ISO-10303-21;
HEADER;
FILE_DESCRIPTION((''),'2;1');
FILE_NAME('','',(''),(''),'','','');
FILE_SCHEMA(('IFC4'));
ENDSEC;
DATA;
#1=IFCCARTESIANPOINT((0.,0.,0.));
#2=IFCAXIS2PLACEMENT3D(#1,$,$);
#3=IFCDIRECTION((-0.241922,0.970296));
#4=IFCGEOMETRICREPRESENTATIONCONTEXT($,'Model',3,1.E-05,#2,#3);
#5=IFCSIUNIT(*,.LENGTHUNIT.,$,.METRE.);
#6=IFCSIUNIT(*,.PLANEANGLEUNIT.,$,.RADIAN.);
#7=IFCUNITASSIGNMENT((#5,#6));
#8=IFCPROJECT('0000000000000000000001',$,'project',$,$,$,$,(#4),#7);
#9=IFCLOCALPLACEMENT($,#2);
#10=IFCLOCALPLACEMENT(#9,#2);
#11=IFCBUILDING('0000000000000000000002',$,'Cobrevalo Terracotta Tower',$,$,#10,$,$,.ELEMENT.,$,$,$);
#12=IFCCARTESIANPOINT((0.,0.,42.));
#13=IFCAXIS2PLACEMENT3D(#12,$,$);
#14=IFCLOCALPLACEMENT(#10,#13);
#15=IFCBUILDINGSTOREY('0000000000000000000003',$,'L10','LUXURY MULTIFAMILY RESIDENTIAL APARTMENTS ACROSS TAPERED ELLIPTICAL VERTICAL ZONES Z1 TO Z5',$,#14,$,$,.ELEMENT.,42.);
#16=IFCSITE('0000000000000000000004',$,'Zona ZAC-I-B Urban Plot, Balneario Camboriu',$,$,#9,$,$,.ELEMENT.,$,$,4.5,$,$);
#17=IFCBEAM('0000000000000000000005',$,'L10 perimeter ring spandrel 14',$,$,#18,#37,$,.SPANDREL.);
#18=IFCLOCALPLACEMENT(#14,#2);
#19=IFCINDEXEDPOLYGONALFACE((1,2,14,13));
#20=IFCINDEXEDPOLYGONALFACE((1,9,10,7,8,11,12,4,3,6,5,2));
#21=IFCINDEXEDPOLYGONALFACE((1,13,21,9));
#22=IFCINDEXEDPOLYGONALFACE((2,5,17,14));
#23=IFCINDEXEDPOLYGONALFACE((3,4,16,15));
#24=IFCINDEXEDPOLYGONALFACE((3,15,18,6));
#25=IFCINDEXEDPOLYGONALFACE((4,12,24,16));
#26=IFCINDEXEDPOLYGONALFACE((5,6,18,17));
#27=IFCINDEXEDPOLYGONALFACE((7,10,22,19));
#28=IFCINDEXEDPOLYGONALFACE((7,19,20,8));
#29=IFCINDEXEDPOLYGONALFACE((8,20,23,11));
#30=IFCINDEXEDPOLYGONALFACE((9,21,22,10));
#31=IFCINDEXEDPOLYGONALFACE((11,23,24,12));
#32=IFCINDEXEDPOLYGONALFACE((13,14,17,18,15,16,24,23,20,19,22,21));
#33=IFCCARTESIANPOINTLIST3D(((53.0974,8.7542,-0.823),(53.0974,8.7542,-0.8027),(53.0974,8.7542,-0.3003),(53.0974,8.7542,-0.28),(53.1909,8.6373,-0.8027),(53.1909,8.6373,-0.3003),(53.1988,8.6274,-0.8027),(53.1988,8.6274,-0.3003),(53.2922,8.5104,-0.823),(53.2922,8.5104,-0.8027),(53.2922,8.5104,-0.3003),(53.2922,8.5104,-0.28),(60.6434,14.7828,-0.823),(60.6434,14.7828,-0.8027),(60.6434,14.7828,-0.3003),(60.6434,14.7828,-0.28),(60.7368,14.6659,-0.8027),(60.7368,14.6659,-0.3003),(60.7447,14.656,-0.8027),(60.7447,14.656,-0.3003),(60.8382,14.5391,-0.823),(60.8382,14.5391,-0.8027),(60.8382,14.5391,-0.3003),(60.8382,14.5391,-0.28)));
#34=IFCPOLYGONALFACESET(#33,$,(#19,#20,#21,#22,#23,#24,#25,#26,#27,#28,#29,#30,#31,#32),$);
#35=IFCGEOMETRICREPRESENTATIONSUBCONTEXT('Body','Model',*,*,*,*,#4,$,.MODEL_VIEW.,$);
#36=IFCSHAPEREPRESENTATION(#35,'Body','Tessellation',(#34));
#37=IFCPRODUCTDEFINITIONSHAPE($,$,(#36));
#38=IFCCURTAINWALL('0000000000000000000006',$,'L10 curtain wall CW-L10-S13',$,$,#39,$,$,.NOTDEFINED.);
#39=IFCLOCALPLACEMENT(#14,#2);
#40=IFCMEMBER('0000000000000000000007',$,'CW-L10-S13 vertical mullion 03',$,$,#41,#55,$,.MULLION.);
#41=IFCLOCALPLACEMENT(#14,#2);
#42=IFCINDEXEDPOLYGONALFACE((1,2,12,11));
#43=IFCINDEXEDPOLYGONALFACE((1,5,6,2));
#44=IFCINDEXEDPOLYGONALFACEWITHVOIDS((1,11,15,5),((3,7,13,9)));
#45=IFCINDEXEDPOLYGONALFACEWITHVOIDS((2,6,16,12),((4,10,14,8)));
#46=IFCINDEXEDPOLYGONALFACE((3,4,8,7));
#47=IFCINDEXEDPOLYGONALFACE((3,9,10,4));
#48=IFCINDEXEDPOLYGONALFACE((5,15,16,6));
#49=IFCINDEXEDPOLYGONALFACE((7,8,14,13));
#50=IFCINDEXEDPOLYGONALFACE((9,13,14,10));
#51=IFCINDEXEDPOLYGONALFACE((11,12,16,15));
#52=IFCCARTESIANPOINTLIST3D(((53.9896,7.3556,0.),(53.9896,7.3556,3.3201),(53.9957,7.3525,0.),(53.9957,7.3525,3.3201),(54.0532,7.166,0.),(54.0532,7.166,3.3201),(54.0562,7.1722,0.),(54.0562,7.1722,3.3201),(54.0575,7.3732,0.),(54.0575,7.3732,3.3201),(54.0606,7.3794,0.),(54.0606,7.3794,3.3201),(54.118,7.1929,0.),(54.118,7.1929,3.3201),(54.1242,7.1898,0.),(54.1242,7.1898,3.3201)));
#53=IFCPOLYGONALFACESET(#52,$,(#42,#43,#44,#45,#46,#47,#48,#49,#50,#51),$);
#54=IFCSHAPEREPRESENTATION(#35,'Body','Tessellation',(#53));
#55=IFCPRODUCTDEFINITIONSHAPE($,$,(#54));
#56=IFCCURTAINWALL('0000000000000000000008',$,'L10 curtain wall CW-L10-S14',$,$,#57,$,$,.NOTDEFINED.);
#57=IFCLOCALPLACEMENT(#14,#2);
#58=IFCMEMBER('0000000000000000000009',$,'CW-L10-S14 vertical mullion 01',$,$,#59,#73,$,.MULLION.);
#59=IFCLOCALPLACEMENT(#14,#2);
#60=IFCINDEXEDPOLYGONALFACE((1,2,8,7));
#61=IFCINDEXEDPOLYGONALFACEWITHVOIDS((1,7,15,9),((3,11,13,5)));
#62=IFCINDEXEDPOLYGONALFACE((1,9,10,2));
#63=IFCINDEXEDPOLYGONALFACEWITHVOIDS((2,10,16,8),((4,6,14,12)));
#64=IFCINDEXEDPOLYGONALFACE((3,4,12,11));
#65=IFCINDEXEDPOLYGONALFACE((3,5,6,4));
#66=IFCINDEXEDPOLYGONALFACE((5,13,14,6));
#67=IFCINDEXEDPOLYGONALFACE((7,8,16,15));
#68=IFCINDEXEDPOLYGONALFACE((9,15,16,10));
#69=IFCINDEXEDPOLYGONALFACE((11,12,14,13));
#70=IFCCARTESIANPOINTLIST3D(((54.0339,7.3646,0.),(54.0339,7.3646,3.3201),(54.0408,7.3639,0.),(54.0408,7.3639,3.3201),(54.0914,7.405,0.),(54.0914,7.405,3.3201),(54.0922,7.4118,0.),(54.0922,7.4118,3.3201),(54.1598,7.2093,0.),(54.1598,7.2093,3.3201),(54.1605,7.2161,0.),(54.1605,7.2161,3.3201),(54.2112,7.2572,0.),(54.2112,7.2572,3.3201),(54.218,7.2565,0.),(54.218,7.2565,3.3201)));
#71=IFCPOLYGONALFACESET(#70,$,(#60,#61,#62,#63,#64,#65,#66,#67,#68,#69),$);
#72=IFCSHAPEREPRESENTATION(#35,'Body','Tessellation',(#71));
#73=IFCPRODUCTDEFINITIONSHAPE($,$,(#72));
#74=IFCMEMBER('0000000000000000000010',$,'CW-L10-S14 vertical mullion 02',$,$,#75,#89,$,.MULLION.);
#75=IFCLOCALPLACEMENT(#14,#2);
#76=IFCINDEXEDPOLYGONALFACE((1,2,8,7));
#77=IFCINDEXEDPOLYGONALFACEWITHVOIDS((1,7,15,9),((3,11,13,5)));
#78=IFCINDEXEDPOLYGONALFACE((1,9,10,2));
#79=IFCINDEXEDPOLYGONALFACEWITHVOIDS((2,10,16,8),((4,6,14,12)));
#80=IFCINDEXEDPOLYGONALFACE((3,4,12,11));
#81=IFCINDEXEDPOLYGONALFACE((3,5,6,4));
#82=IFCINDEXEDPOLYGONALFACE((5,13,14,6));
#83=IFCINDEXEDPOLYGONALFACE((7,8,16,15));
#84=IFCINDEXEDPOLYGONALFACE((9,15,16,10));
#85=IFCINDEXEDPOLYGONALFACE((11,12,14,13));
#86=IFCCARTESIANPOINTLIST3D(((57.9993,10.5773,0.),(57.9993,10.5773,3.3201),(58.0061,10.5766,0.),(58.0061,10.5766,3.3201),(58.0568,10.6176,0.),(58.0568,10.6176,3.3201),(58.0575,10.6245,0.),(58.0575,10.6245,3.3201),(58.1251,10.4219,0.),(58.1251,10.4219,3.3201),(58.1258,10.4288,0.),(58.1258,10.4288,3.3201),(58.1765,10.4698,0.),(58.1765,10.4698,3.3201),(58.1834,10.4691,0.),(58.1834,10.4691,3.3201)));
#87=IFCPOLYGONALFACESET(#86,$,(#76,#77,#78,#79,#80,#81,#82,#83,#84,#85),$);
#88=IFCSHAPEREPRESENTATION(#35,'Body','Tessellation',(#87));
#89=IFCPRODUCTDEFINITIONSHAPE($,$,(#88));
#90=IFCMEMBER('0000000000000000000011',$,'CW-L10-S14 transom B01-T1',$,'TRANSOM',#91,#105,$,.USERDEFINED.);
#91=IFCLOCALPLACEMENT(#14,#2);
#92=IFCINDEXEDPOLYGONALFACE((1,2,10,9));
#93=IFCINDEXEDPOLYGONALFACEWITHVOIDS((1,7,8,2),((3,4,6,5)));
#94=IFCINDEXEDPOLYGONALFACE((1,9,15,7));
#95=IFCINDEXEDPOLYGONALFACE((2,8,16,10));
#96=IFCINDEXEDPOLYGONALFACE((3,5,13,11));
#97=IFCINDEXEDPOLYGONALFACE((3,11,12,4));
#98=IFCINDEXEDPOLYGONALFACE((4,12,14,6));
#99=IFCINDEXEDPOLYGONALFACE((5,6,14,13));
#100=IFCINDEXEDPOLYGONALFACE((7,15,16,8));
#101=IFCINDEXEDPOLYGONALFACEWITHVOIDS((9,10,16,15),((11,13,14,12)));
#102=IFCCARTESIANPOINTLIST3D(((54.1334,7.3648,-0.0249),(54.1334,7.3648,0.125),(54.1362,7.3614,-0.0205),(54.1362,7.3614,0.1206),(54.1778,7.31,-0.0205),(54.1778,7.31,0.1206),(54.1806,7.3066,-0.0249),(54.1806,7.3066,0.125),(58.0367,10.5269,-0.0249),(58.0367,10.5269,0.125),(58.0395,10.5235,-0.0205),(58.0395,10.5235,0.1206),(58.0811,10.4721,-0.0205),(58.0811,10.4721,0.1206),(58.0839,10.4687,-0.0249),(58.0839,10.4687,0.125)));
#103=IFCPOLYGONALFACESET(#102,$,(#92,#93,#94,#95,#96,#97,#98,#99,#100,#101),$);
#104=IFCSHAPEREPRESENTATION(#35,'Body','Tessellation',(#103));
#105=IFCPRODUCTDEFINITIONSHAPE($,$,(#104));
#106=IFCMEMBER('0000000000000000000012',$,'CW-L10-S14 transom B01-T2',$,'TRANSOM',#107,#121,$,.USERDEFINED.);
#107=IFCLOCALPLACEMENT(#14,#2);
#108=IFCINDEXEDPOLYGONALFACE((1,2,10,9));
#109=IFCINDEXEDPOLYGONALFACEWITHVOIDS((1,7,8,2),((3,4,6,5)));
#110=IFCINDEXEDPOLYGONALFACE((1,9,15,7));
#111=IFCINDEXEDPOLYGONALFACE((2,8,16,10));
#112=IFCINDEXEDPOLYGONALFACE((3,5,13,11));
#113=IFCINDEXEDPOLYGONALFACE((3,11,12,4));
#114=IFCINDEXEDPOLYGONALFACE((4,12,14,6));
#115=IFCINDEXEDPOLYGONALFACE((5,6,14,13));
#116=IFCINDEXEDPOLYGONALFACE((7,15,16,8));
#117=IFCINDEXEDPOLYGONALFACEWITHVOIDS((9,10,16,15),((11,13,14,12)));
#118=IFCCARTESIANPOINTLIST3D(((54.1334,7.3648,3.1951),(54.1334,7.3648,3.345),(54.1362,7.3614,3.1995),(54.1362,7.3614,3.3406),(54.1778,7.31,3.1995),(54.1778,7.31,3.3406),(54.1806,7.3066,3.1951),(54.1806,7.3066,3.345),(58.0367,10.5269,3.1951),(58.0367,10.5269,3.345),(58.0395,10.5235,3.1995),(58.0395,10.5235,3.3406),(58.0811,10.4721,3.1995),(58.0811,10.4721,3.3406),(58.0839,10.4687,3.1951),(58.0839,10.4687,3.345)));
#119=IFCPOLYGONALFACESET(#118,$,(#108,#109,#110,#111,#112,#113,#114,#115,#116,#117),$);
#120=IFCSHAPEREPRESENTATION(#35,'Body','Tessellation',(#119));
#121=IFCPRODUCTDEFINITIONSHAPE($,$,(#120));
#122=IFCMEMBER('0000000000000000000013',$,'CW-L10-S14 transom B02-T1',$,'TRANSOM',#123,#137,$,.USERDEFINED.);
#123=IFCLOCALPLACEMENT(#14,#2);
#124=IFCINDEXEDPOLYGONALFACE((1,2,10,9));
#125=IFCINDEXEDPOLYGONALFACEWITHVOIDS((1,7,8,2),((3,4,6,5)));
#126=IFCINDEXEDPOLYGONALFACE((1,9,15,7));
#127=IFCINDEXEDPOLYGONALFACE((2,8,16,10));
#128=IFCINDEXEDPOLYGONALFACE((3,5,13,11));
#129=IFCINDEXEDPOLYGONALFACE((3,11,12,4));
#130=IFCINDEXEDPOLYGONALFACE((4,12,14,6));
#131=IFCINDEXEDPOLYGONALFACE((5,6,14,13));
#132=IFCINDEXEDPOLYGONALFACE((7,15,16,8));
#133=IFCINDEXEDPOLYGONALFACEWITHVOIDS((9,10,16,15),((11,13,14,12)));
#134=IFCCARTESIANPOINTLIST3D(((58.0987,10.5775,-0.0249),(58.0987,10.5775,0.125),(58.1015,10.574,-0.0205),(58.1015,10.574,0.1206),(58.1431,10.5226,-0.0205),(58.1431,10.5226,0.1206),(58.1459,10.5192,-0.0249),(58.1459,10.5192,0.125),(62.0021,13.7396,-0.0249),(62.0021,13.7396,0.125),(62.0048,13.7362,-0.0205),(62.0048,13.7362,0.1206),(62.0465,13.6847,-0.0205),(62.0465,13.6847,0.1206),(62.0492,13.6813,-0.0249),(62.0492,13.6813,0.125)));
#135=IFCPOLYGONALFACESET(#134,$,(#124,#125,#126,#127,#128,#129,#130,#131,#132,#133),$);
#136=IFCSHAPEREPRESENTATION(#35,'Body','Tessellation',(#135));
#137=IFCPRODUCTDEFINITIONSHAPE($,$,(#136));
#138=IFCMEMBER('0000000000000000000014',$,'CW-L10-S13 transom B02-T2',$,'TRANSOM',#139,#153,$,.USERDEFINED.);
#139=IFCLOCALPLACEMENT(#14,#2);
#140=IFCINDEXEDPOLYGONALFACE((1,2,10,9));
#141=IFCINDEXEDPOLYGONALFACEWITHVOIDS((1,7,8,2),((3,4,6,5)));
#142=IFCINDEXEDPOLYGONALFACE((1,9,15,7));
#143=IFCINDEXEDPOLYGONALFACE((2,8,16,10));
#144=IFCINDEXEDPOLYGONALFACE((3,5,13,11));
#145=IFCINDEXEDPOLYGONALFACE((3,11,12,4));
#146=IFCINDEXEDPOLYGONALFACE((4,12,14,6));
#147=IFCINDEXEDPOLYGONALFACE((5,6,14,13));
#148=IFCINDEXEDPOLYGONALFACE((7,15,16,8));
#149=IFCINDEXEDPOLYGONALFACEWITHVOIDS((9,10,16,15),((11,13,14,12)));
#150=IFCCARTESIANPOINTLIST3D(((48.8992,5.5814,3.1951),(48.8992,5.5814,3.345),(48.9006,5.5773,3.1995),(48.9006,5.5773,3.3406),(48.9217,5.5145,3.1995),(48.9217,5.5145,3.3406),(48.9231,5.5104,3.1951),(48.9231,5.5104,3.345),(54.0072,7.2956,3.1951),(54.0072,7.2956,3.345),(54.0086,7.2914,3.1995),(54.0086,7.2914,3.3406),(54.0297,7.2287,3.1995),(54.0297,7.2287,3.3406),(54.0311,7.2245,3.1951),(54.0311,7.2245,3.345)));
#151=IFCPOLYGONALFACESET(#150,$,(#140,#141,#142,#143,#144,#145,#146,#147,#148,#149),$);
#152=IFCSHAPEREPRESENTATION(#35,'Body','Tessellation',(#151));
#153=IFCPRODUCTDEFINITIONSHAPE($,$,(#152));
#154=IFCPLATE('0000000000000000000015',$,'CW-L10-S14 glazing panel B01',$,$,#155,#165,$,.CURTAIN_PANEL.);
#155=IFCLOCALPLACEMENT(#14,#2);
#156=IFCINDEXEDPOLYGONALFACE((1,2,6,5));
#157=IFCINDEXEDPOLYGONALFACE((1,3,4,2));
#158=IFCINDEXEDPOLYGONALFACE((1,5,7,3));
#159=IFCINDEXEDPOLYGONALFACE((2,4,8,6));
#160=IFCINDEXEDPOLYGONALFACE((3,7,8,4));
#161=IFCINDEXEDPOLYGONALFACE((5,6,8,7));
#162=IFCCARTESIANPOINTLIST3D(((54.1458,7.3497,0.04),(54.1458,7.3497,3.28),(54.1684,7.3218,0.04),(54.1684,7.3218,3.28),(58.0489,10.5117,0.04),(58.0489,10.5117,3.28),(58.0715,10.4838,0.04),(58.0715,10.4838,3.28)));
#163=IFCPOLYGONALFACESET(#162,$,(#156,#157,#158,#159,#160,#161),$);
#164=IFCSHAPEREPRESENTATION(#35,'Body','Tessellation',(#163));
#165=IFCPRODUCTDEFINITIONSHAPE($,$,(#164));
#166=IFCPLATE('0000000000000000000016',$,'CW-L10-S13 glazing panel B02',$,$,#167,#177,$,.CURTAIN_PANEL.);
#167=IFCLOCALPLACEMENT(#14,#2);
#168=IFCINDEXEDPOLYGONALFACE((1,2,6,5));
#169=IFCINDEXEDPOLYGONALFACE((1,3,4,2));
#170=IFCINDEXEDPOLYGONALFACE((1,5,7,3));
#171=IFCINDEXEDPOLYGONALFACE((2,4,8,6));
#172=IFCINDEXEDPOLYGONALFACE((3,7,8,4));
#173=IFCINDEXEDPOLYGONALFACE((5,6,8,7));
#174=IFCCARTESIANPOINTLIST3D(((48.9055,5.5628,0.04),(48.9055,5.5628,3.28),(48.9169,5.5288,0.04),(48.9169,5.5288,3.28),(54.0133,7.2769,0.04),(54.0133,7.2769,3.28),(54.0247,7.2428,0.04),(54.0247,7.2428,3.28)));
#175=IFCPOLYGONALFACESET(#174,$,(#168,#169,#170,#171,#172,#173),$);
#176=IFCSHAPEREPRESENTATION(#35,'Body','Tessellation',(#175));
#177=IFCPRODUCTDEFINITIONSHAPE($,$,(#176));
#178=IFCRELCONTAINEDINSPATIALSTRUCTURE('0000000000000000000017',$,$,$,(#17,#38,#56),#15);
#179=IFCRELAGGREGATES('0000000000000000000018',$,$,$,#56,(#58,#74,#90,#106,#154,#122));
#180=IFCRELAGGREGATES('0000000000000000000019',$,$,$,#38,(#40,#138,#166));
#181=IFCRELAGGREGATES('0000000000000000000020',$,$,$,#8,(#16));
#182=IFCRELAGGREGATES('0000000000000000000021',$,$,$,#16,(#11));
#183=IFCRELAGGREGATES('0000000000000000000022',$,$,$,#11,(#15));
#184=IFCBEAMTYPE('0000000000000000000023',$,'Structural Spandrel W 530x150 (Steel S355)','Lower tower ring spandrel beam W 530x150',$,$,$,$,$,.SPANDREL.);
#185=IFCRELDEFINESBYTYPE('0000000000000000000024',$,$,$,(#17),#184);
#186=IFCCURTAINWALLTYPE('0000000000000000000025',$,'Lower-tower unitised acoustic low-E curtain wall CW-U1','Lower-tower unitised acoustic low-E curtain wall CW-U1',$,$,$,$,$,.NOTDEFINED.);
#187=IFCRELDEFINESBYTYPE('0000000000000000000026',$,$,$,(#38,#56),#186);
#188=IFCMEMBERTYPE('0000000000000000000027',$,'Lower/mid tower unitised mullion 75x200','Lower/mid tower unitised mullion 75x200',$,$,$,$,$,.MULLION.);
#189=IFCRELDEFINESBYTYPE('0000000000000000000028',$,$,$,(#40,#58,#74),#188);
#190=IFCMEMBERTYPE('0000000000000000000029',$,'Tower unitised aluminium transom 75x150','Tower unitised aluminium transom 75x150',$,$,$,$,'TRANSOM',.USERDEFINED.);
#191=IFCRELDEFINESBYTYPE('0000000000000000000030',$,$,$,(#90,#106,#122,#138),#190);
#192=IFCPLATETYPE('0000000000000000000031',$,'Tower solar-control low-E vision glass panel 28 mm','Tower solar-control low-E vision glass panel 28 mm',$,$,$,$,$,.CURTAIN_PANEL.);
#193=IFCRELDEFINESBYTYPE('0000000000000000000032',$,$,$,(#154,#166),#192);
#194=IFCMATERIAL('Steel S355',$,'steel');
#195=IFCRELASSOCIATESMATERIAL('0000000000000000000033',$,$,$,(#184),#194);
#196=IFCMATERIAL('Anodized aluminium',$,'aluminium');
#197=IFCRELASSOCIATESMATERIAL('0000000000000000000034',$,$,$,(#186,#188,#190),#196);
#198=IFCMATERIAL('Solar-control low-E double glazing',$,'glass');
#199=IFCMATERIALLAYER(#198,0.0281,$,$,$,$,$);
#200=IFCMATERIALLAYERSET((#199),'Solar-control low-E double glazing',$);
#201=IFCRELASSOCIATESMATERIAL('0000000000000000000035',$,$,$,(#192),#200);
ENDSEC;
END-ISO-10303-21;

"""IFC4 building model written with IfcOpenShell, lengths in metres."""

from ifc_helpers import new_model, si_unit, direction, frame, origin, origin_2d, place, context, subcontext, project, spatial, rectangle, hollow_rectangle, i_section, extrude, source, transform, mapped, material, layer, layer_set, material_profile, profile_set, type_object, element, aggregate, save


model = new_model("IFC4")

# Units and contexts
model_context = context("Model", 3, precision=1e-05, world=origin(), true_north=direction((-0.241922, 0.970296)))
body_context = subcontext(model_context, "Body", "Model", "MODEL_VIEW")
ifc_project = project(units=[si_unit("LENGTHUNIT", "METRE"), si_unit("PLANEANGLEUNIT", "RADIAN")], contexts=[model_context])

# Site, building, storey
site_placement = place(None, origin())
site = spatial("IfcSite", under=ifc_project, at=site_placement, Name="Zona ZAC-I-B Urban Plot, Balneario Camboriu", CompositionType="ELEMENT", RefElevation=4.5)
building_placement = place(site_placement, origin())
building = spatial("IfcBuilding", under=site, at=building_placement, Name="Cobrevalo Terracotta Tower", CompositionType="ELEMENT")
storey_placement = place(building_placement, frame((0.0, 0.0, 42.0)))
storey = spatial("IfcBuildingStorey", under=building, at=storey_placement, Name="L10", Description="LUXURY MULTIFAMILY RESIDENTIAL APARTMENTS ACROSS TAPERED ELLIPTICAL VERTICAL ZONES Z1 TO Z5", CompositionType="ELEMENT", Elevation=42.0)

# Shared definitions
ifc_material_1 = material(Name="Steel S355", Category="steel")

# Beam
ifc_material_profile_1 = material_profile(ifc_material_1, i_section(OverallWidth=0.312, OverallDepth=0.543, WebThickness=0.0127, FlangeThickness=0.0203, at=origin_2d()), Name="W 530x150")
ifc_profile_set_1 = profile_set([ifc_material_profile_1], Name="Steel S355")
beam_type_1 = type_object("IfcBeamType", Name="Structural Spandrel W 530x150 (Steel S355)", Description="Lower tower ring spandrel beam W 530x150", PredefinedType="SPANDREL", material=ifc_profile_set_1)
beam_1_placement = place(storey_placement, frame((53.1948, 8.6323, -0.5515), z_axis=(0.78128, 0.62418, 0.0), x_axis=(-0.62418, 0.78128, 0.0)))
element("IfcBeam", 1, at=beam_1_placement, inside=storey, type_object=beam_type_1, Name="L10 perimeter ring spandrel 14", PredefinedType="SPANDREL", context=body_context, shape_type="SweptSolid", body=[
    extrude(i_section(OverallWidth=0.312, OverallDepth=0.543, WebThickness=0.0127, FlangeThickness=0.0203, at=origin_2d()), origin(), (0.0, 0.0, 1.0), 9.6584),
])

# Curtain wall, member
ifc_material_2 = material(Name="Anodized aluminium", Category="aluminium")
curtain_wall_type = type_object("IfcCurtainWallType", Name="Lower-tower unitised acoustic low-E curtain wall CW-U1", Description="Lower-tower unitised acoustic low-E curtain wall CW-U1", PredefinedType="NOTDEFINED", material=ifc_material_2)
curtain_wall_1_placement = place(storey_placement, origin())
curtain_wall_1 = element("IfcCurtainWall", 2, at=curtain_wall_1_placement, inside=storey, type_object=curtain_wall_type, Name="L10 curtain wall CW-L10-S13", PredefinedType="NOTDEFINED")
ifc_material_profile_2 = material_profile(ifc_material_2, hollow_rectangle(XDim=0.075, YDim=0.2, WallThickness=0.0049, at=origin_2d()), Name="CWM 75x200")
ifc_profile_set_2 = profile_set([ifc_material_profile_2], Name="Anodized aluminium")
member_type_1 = type_object("IfcMemberType", Name="Lower/mid tower unitised mullion 75x200", Description="Lower/mid tower unitised mullion 75x200", PredefinedType="MULLION", material=ifc_profile_set_2)
shared_shape_1 = source(origin(), body_context, "Body", "SweptSolid", [
    extrude(hollow_rectangle(XDim=0.075, YDim=0.2, WallThickness=0.0049, at=origin_2d()), origin(), (0.0, 0.0, 1.0), 3.3201),
])
member_1_placement = place(storey_placement, frame((54.0569, 7.2727, 0.0), z_axis=(0.0, 0.0, 1.0), x_axis=(0.948046, 0.318132, 0.0)))
member_1 = element("IfcMember", 3, at=member_1_placement, type_object=member_type_1, Name="CW-L10-S13 vertical mullion 03", PredefinedType="MULLION", context=body_context, shape_type="MappedRepresentation", body=[
    mapped(shared_shape_1, transform((0.0, 0.0, 0.0), scale=1.0)),
])

# Curtain wall, members
curtain_wall_2_placement = place(storey_placement, origin())
curtain_wall_2 = element("IfcCurtainWall", 4, at=curtain_wall_2_placement, inside=storey, type_object=curtain_wall_type, Name="L10 curtain wall CW-L10-S14", PredefinedType="NOTDEFINED")
member_2_placement = place(storey_placement, frame((54.126, 7.3105, 0.0), z_axis=(0.0, 0.0, 1.0), x_axis=(0.777003, 0.629497, 0.0)))
member_2 = element("IfcMember", 5, at=member_2_placement, type_object=member_type_1, Name="CW-L10-S14 vertical mullion 01", PredefinedType="MULLION", context=body_context, shape_type="MappedRepresentation", body=[
    mapped(shared_shape_1, transform((0.0, 0.0, 0.0), scale=1.0)),
])
member_3_placement = place(storey_placement, frame((58.0913, 10.5232, 0.0), z_axis=(0.0, 0.0, 1.0), x_axis=(0.777003, 0.629497, 0.0)))
member_3 = element("IfcMember", 6, at=member_3_placement, type_object=member_type_1, Name="CW-L10-S14 vertical mullion 02", PredefinedType="MULLION", context=body_context, shape_type="MappedRepresentation", body=[
    mapped(shared_shape_1, transform((0.0, 0.0, 0.0), scale=1.0)),
])
ifc_material_profile_3 = material_profile(ifc_material_2, hollow_rectangle(XDim=0.075, YDim=0.1499, WallThickness=0.0044, at=origin_2d()), Name="CWT 75x150")
ifc_profile_set_3 = profile_set([ifc_material_profile_3], Name="Anodized aluminium")
member_type_2 = type_object("IfcMemberType", Name="Tower unitised aluminium transom 75x150", Description="Tower unitised aluminium transom 75x150", ElementType="TRANSOM", PredefinedType="USERDEFINED", material=ifc_profile_set_3)
shared_shape_2 = source(origin(), body_context, "Body", "SweptSolid", [
    extrude(hollow_rectangle(XDim=0.075, YDim=0.1499, WallThickness=0.0044, at=origin_2d()), origin(), (0.0, 0.0, 1.0), 5.0234),
])
member_4_placement = place(storey_placement, frame((54.157, 7.3357, 0.05), z_axis=(0.777023, 0.629472, 0.0), x_axis=(-0.629472, 0.777023, 0.0)))
member_4 = element("IfcMember", 7, at=member_4_placement, type_object=member_type_2, Name="CW-L10-S14 transom B01-T1", ObjectType="TRANSOM", PredefinedType="USERDEFINED", context=body_context, shape_type="MappedRepresentation", body=[
    mapped(shared_shape_2, transform((0.0, 0.0, 0.0), scale=1.0)),
])
member_5_placement = place(storey_placement, frame((54.157, 7.3357, 3.27), z_axis=(0.777023, 0.629472, 0.0), x_axis=(-0.629472, 0.777023, 0.0)))
member_5 = element("IfcMember", 8, at=member_5_placement, type_object=member_type_2, Name="CW-L10-S14 transom B01-T2", ObjectType="TRANSOM", PredefinedType="USERDEFINED", context=body_context, shape_type="MappedRepresentation", body=[
    mapped(shared_shape_2, transform((0.0, 0.0, 0.0), scale=1.0)),
])
member_6_placement = place(storey_placement, frame((58.1223, 10.5483, 0.05), z_axis=(0.777023, 0.629472, 0.0), x_axis=(-0.629472, 0.777023, 0.0)))
member_6 = element("IfcMember", 9, at=member_6_placement, type_object=member_type_2, Name="CW-L10-S14 transom B02-T1", ObjectType="TRANSOM", PredefinedType="USERDEFINED", context=body_context, shape_type="MappedRepresentation", body=[
    mapped(shared_shape_2, transform((0.0, 0.0, 0.0), scale=1.0)),
])

# Member
shared_shape_3 = source(origin(), body_context, "Body", "SweptSolid", [
    extrude(hollow_rectangle(XDim=0.075, YDim=0.1499, WallThickness=0.0044, at=origin_2d()), origin(), (0.0, 0.0, 1.0), 5.3879),
])
member_7_placement = place(storey_placement, frame((48.9111, 5.5459, 3.27), z_axis=(0.948042, 0.318144, 0.0), x_axis=(-0.318144, 0.948042, 0.0)))
member_7 = element("IfcMember", 10, at=member_7_placement, type_object=member_type_2, Name="CW-L10-S13 transom B02-T2", ObjectType="TRANSOM", PredefinedType="USERDEFINED", context=body_context, shape_type="MappedRepresentation", body=[
    mapped(shared_shape_3, transform((0.0, 0.0, 0.0), scale=1.0)),
])

# Plates
ifc_material_3 = material(Name="Solar-control low-E double glazing", Category="glass")
ifc_layer_1 = layer(ifc_material_3, 0.0281)
ifc_layer_set_1 = layer_set([ifc_layer_1], Name="Solar-control low-E double glazing")
plate_type = type_object("IfcPlateType", Name="Tower solar-control low-E vision glass panel 28 mm", Description="Tower solar-control low-E vision glass panel 28 mm", PredefinedType="CURTAIN_PANEL", material=ifc_layer_set_1)
shared_shape_4 = source(origin(), body_context, "Body", "SweptSolid", [
    extrude(rectangle(XDim=5.0232, YDim=0.0359, at=origin_2d()), origin(), (0.0, 0.0, 1.0), 3.24),
])
plate_1_placement = place(storey_placement, frame((56.1086, 8.9167, 0.04), z_axis=(0.0, 0.0, 1.0), x_axis=(0.777008, 0.629491, 0.0)))
plate_1 = element("IfcPlate", 11, at=plate_1_placement, type_object=plate_type, Name="CW-L10-S14 glazing panel B01", PredefinedType="CURTAIN_PANEL", context=body_context, shape_type="MappedRepresentation", body=[
    mapped(shared_shape_4, transform((0.0, 0.0, 0.0), scale=1.0)),
])
aggregate(curtain_wall_2, [member_2, member_3, member_4, member_5, plate_1, member_6])
shared_shape_5 = source(origin(), body_context, "Body", "SweptSolid", [
    extrude(rectangle(XDim=5.3877, YDim=0.0359, at=origin_2d()), origin(), (0.0, 0.0, 1.0), 3.24),
])
plate_2_placement = place(storey_placement, frame((51.4651, 6.4028, 0.04), z_axis=(0.0, 0.0, 1.0), x_axis=(0.948044, 0.318139, 0.0)))
plate_2 = element("IfcPlate", 12, at=plate_2_placement, type_object=plate_type, Name="CW-L10-S13 glazing panel B02", PredefinedType="CURTAIN_PANEL", context=body_context, shape_type="MappedRepresentation", body=[
    mapped(shared_shape_5, transform((0.0, 0.0, 0.0), scale=1.0)),
])
aggregate(curtain_wall_1, [member_1, member_7, plate_2])

save(model, "model.ifc")
